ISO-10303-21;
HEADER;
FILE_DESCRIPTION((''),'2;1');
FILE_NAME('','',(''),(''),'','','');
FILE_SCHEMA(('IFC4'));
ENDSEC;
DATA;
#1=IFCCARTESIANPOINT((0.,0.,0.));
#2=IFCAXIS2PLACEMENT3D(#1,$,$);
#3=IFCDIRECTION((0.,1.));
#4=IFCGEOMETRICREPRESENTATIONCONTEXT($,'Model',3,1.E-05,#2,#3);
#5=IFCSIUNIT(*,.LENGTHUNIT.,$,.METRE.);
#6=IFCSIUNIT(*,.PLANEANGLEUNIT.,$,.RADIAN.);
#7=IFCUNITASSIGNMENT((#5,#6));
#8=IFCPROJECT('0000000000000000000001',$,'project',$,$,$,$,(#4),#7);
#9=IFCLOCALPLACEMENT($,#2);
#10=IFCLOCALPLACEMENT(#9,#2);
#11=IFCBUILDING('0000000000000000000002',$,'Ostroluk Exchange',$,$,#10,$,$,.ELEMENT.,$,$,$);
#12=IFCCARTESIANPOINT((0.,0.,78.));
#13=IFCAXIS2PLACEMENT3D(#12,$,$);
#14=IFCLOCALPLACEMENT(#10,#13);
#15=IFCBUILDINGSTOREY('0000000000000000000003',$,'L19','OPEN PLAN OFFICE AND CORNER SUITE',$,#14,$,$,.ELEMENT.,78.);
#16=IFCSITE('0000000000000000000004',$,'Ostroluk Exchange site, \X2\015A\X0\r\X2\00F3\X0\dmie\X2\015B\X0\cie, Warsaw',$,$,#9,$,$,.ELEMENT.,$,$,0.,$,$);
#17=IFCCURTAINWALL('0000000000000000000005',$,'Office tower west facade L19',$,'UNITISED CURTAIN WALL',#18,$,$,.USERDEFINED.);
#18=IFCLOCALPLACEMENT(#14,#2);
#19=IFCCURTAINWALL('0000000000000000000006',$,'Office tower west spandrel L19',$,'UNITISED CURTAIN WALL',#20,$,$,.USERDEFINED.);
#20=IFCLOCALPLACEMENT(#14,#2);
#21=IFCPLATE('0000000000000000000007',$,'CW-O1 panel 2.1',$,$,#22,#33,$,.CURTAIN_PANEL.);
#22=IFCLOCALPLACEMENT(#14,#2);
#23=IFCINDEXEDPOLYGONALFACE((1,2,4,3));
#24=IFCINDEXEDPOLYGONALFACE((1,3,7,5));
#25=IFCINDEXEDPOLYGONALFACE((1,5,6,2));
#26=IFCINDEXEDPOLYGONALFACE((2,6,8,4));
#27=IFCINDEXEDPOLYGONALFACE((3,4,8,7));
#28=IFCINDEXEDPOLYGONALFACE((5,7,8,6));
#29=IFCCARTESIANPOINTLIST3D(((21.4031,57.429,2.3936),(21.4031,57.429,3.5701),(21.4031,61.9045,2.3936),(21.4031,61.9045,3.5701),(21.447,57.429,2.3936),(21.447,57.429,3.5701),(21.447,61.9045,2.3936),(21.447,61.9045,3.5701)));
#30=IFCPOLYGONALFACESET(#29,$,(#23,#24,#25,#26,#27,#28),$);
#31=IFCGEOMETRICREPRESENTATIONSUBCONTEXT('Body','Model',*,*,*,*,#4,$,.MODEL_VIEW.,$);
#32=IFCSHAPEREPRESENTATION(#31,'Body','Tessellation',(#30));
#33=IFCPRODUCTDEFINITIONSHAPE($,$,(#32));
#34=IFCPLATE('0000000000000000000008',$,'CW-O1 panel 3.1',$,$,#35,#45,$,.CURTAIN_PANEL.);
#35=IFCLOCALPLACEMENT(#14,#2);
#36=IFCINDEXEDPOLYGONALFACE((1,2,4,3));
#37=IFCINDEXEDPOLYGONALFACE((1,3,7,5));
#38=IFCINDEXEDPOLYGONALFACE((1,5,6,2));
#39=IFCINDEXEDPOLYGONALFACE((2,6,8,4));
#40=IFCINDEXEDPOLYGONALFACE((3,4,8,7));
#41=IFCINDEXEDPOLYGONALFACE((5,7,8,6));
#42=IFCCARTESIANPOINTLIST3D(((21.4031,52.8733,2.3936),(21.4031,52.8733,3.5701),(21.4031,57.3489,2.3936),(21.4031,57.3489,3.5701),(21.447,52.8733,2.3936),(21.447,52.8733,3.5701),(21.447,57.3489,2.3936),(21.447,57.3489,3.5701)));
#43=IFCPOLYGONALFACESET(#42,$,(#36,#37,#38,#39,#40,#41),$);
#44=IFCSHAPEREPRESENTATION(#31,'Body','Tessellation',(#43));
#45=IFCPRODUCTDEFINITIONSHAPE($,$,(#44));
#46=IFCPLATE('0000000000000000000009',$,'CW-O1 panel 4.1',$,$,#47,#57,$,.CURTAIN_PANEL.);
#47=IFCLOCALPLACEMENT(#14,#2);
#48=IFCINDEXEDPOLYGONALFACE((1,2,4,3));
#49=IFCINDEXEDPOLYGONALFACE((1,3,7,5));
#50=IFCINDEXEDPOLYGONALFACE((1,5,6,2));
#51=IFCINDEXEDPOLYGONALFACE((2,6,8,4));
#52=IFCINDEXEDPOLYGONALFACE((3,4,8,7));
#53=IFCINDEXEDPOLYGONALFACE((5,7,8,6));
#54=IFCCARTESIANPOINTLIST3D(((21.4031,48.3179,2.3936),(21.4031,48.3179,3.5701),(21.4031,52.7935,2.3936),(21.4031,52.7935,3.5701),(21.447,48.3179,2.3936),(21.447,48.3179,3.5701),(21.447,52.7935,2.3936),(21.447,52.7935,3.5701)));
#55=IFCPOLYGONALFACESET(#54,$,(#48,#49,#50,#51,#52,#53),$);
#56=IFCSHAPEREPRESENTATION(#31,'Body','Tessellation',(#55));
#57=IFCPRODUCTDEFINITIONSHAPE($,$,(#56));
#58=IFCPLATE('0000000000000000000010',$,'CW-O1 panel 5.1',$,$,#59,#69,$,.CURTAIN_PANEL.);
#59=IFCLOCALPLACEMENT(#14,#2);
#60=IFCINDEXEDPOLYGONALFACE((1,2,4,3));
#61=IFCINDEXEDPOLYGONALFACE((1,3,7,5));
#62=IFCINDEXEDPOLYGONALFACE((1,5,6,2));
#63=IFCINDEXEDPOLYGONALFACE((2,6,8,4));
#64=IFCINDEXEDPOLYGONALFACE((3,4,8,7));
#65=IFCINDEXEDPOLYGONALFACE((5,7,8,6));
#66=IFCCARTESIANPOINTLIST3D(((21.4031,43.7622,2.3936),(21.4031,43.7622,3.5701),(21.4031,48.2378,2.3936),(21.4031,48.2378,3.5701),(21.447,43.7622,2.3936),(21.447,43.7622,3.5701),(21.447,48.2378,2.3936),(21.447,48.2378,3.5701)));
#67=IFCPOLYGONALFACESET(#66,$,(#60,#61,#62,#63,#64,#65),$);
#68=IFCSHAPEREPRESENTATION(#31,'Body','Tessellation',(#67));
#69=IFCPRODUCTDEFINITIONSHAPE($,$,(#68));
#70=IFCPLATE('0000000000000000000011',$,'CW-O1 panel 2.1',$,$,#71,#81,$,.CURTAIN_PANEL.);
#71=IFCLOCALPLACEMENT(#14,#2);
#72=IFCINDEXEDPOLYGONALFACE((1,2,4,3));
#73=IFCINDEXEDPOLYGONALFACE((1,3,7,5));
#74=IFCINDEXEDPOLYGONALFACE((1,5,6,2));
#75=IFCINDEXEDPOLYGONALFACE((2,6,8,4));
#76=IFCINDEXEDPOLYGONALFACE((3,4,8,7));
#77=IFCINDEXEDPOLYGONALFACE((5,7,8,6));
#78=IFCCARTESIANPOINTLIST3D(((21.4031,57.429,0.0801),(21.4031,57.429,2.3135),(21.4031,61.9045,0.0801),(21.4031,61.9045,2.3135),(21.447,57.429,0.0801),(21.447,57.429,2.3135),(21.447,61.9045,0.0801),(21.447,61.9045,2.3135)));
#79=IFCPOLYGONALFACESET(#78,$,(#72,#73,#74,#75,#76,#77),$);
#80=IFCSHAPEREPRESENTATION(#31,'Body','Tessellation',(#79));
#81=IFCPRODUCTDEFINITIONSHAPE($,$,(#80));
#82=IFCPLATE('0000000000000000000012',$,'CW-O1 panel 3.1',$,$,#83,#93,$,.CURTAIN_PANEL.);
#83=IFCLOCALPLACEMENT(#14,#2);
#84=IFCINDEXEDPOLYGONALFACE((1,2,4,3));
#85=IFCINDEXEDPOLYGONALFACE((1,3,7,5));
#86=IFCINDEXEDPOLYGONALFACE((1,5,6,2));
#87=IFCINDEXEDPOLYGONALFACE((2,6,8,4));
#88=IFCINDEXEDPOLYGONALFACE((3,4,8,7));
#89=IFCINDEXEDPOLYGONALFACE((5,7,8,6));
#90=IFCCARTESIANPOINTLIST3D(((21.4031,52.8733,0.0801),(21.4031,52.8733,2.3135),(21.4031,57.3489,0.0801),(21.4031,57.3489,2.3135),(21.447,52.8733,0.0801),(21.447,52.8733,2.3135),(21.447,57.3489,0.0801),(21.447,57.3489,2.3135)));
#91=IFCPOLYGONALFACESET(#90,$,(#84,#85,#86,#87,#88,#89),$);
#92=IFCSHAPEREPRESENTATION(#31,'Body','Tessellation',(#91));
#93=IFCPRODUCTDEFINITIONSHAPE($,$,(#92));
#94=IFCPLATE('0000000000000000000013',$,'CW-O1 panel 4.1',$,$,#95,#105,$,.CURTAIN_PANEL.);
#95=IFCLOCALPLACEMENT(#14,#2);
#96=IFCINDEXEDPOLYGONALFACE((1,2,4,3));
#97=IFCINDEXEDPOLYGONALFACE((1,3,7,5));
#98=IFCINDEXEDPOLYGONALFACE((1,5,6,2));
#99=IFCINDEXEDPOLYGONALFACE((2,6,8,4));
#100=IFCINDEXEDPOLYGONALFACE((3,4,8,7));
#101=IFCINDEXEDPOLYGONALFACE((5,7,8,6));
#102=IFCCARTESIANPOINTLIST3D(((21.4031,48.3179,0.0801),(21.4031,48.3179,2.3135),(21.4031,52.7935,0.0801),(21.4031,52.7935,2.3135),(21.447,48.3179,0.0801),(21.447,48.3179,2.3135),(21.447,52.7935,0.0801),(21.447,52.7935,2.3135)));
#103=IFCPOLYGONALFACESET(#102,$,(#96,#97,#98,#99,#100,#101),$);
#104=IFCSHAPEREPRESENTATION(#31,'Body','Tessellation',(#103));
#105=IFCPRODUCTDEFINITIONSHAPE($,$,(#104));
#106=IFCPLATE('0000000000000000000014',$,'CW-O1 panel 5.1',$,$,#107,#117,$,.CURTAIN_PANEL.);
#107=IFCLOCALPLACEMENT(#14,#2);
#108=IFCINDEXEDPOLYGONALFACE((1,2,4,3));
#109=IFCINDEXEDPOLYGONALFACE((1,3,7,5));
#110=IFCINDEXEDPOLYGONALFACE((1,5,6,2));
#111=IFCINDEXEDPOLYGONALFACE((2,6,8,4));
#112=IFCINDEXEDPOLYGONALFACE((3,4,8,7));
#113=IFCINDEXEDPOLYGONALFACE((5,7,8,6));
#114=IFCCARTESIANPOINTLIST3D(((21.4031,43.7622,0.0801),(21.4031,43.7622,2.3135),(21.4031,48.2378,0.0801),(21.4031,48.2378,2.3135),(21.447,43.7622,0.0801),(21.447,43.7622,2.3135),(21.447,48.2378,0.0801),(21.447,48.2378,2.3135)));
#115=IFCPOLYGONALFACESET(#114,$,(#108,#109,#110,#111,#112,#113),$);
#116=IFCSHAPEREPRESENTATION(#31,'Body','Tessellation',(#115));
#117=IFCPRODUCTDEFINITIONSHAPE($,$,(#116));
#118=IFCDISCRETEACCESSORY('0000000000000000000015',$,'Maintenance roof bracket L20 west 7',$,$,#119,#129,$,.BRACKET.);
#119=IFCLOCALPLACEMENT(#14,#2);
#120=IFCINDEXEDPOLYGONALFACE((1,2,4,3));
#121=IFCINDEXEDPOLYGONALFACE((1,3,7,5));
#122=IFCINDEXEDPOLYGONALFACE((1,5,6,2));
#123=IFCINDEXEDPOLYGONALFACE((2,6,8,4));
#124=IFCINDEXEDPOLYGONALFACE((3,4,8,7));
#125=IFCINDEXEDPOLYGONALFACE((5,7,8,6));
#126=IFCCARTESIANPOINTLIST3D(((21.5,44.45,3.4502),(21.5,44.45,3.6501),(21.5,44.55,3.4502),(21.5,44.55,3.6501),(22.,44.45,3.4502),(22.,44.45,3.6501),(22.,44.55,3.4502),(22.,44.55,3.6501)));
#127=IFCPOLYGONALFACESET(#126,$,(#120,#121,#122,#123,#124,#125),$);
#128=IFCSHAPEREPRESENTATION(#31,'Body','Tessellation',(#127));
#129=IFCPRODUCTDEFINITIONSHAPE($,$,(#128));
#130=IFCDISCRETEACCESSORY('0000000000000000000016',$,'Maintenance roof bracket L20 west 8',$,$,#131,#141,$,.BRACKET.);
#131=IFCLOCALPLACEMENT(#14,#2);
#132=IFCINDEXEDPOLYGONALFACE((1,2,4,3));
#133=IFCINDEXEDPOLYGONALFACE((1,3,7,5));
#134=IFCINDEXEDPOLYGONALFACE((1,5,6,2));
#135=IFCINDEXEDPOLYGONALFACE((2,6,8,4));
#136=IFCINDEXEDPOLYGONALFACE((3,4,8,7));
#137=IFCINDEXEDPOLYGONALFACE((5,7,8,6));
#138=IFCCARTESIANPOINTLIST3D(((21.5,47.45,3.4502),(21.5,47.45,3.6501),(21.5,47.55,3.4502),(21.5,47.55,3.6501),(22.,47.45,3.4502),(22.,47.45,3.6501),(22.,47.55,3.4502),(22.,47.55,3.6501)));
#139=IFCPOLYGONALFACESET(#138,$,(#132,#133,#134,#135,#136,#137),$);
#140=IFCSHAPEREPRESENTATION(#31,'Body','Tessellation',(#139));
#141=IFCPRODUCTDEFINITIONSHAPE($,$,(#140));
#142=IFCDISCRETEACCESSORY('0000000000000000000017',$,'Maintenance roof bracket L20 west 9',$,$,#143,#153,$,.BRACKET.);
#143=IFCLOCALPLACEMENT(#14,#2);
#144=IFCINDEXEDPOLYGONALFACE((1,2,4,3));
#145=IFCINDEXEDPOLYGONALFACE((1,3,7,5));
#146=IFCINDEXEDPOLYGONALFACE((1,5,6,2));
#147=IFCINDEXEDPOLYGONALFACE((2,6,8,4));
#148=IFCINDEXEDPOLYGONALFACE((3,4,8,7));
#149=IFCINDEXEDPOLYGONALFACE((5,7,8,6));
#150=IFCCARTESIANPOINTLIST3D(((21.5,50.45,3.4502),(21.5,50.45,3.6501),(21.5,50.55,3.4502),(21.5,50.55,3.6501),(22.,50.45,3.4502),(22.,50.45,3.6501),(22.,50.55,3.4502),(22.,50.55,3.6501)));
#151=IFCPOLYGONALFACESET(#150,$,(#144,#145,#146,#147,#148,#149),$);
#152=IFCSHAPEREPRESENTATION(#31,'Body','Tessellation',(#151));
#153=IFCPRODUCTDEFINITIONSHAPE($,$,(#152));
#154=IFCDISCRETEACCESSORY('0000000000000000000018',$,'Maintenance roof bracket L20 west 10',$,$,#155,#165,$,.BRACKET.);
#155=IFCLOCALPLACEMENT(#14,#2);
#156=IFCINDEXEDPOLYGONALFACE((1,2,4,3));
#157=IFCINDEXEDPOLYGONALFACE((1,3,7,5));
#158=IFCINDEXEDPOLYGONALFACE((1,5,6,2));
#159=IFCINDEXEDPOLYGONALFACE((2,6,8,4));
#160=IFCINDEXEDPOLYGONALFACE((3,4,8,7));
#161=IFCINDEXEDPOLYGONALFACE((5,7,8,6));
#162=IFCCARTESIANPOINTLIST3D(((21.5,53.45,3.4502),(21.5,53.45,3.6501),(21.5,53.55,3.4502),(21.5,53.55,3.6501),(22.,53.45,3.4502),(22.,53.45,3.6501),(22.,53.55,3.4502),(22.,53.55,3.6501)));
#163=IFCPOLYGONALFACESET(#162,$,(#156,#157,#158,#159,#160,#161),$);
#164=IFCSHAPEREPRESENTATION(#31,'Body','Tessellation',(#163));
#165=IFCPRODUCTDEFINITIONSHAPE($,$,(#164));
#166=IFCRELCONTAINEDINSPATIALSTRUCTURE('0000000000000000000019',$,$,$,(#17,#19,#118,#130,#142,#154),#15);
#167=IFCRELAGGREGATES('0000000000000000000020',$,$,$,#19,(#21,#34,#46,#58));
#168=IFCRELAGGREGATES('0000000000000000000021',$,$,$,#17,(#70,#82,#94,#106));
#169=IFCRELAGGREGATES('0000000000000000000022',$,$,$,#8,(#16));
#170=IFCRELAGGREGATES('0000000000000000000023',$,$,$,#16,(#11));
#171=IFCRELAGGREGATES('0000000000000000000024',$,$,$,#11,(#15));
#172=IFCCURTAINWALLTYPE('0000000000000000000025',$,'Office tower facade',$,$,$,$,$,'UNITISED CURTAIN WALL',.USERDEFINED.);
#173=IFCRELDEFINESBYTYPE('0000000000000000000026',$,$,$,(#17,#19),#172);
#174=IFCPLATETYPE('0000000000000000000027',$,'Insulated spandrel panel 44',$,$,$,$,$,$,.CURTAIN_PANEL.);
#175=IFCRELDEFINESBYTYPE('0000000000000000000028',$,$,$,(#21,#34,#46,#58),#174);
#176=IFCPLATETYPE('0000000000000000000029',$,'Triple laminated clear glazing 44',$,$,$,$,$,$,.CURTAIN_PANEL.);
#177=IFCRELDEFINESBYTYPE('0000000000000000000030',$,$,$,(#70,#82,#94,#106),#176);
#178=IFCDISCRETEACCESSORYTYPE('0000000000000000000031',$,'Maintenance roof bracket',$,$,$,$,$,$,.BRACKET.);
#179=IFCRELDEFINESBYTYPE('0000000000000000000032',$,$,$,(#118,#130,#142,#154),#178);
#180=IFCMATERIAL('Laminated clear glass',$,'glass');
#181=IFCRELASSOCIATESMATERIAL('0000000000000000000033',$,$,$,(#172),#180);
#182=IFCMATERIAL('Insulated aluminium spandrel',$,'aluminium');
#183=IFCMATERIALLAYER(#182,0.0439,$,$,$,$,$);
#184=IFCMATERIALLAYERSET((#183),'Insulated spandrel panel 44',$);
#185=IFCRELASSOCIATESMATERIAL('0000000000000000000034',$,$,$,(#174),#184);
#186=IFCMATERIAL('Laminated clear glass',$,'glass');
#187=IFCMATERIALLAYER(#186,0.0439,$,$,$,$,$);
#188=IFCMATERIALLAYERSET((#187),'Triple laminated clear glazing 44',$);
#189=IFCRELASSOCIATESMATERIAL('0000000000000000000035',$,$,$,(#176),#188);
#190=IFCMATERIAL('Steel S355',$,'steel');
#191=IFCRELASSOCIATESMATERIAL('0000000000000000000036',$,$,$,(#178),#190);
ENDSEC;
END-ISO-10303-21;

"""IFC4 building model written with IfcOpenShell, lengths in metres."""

from ifc_helpers import new_model, si_unit, direction, frame, origin, origin_2d, place, context, subcontext, project, spatial, rectangle, extrude, material, layer, layer_set, type_object, element, aggregate, save


model = new_model("IFC4")

# Units and contexts
model_context = context("Model", 3, precision=1e-05, world=origin(), true_north=direction((0.0, 1.0)))
body_context = subcontext(model_context, "Body", "Model", "MODEL_VIEW")
ifc_project = project(units=[si_unit("LENGTHUNIT", "METRE"), si_unit("PLANEANGLEUNIT", "RADIAN")], contexts=[model_context])

# Site, building, storey
site_placement = place(None, origin())
site = spatial("IfcSite", under=ifc_project, at=site_placement, Name="Ostroluk Exchange site, Śródmieście, Warsaw", CompositionType="ELEMENT", RefElevation=0.0)
building_placement = place(site_placement, origin())
building = spatial("IfcBuilding", under=site, at=building_placement, Name="Ostroluk Exchange", CompositionType="ELEMENT")
storey_placement = place(building_placement, frame((0.0, 0.0, 78.0)))
storey = spatial("IfcBuildingStorey", under=building, at=storey_placement, Name="L19", Description="OPEN PLAN OFFICE AND CORNER SUITE", CompositionType="ELEMENT", Elevation=78.0)

# Curtain walls
ifc_material_1 = material(Name="Laminated clear glass", Category="glass")
curtain_wall_type = type_object("IfcCurtainWallType", Name="Office tower facade", ElementType="UNITISED CURTAIN WALL", PredefinedType="USERDEFINED", material=ifc_material_1)
curtain_wall_1_placement = place(storey_placement, origin())
curtain_wall_1 = element("IfcCurtainWall", 1, at=curtain_wall_1_placement, inside=storey, type_object=curtain_wall_type, Name="Office tower west facade L19", ObjectType="UNITISED CURTAIN WALL", PredefinedType="USERDEFINED")
curtain_wall_2_placement = place(storey_placement, origin())
curtain_wall_2 = element("IfcCurtainWall", 2, at=curtain_wall_2_placement, inside=storey, type_object=curtain_wall_type, Name="Office tower west spandrel L19", ObjectType="UNITISED CURTAIN WALL", PredefinedType="USERDEFINED")

# Plates
ifc_material_2 = material(Name="Insulated aluminium spandrel", Category="aluminium")
ifc_layer_1 = layer(ifc_material_2, 0.0439)
ifc_layer_set_1 = layer_set([ifc_layer_1], Name="Insulated spandrel panel 44")
plate_type_1 = type_object("IfcPlateType", Name="Insulated spandrel panel 44", PredefinedType="CURTAIN_PANEL", material=ifc_layer_set_1)
plate_1_placement = place(storey_placement, frame((21.425, 59.6667, 2.3936), z_axis=(0.0, 0.0, 1.0), x_axis=(0.0, -1.0, 0.0)))
plate_1 = element("IfcPlate", 3, at=plate_1_placement, type_object=plate_type_1, Name="CW-O1 panel 2.1", PredefinedType="CURTAIN_PANEL", context=body_context, shape_type="SweptSolid", body=[
    extrude(rectangle(XDim=4.4756, YDim=0.0439, at=origin_2d()), origin(), (0.0, 0.0, 1.0), 1.1765),
])
plate_2_placement = place(storey_placement, frame((21.425, 55.1111, 2.3936), z_axis=(0.0, 0.0, 1.0), x_axis=(0.0, -1.0, 0.0)))
plate_2 = element("IfcPlate", 4, at=plate_2_placement, type_object=plate_type_1, Name="CW-O1 panel 3.1", PredefinedType="CURTAIN_PANEL", context=body_context, shape_type="SweptSolid", body=[
    extrude(rectangle(XDim=4.4756, YDim=0.0439, at=origin_2d()), origin(), (0.0, 0.0, 1.0), 1.1765),
])
plate_3_placement = place(storey_placement, frame((21.425, 50.5557, 2.3936), z_axis=(0.0, 0.0, 1.0), x_axis=(0.0, -1.0, 0.0)))
plate_3 = element("IfcPlate", 5, at=plate_3_placement, type_object=plate_type_1, Name="CW-O1 panel 4.1", PredefinedType="CURTAIN_PANEL", context=body_context, shape_type="SweptSolid", body=[
    extrude(rectangle(XDim=4.4756, YDim=0.0439, at=origin_2d()), origin(), (0.0, 0.0, 1.0), 1.1765),
])
plate_4_placement = place(storey_placement, frame((21.425, 46.0, 2.3936), z_axis=(0.0, 0.0, 1.0), x_axis=(0.0, -1.0, 0.0)))
plate_4 = element("IfcPlate", 6, at=plate_4_placement, type_object=plate_type_1, Name="CW-O1 panel 5.1", PredefinedType="CURTAIN_PANEL", context=body_context, shape_type="SweptSolid", body=[
    extrude(rectangle(XDim=4.4756, YDim=0.0439, at=origin_2d()), origin(), (0.0, 0.0, 1.0), 1.1765),
])
aggregate(curtain_wall_2, [plate_1, plate_2, plate_3, plate_4])
ifc_material_3 = material(Name="Laminated clear glass", Category="glass")
ifc_layer_2 = layer(ifc_material_3, 0.0439)
ifc_layer_set_2 = layer_set([ifc_layer_2], Name="Triple laminated clear glazing 44")
plate_type_2 = type_object("IfcPlateType", Name="Triple laminated clear glazing 44", PredefinedType="CURTAIN_PANEL", material=ifc_layer_set_2)
plate_5_placement = place(storey_placement, frame((21.425, 59.6667, 0.0801), z_axis=(0.0, 0.0, 1.0), x_axis=(0.0, -1.0, 0.0)))
plate_5 = element("IfcPlate", 7, at=plate_5_placement, type_object=plate_type_2, Name="CW-O1 panel 2.1", PredefinedType="CURTAIN_PANEL", context=body_context, shape_type="SweptSolid", body=[
    extrude(rectangle(XDim=4.4756, YDim=0.0439, at=origin_2d()), origin(), (0.0, 0.0, 1.0), 2.2334),
])
plate_6_placement = place(storey_placement, frame((21.425, 55.1111, 0.0801), z_axis=(0.0, 0.0, 1.0), x_axis=(0.0, -1.0, 0.0)))
plate_6 = element("IfcPlate", 8, at=plate_6_placement, type_object=plate_type_2, Name="CW-O1 panel 3.1", PredefinedType="CURTAIN_PANEL", context=body_context, shape_type="SweptSolid", body=[
    extrude(rectangle(XDim=4.4756, YDim=0.0439, at=origin_2d()), origin(), (0.0, 0.0, 1.0), 2.2334),
])
plate_7_placement = place(storey_placement, frame((21.425, 50.5557, 0.0801), z_axis=(0.0, 0.0, 1.0), x_axis=(0.0, -1.0, 0.0)))
plate_7 = element("IfcPlate", 9, at=plate_7_placement, type_object=plate_type_2, Name="CW-O1 panel 4.1", PredefinedType="CURTAIN_PANEL", context=body_context, shape_type="SweptSolid", body=[
    extrude(rectangle(XDim=4.4756, YDim=0.0439, at=origin_2d()), origin(), (0.0, 0.0, 1.0), 2.2334),
])
plate_8_placement = place(storey_placement, frame((21.425, 46.0, 0.0801), z_axis=(0.0, 0.0, 1.0), x_axis=(0.0, -1.0, 0.0)))
plate_8 = element("IfcPlate", 10, at=plate_8_placement, type_object=plate_type_2, Name="CW-O1 panel 5.1", PredefinedType="CURTAIN_PANEL", context=body_context, shape_type="SweptSolid", body=[
    extrude(rectangle(XDim=4.4756, YDim=0.0439, at=origin_2d()), origin(), (0.0, 0.0, 1.0), 2.2334),
])
aggregate(curtain_wall_1, [plate_5, plate_6, plate_7, plate_8])

# Discrete accessories
ifc_material_4 = material(Name="Steel S355", Category="steel")
discrete_accessory_type = type_object("IfcDiscreteAccessoryType", Name="Maintenance roof bracket", PredefinedType="BRACKET", material=ifc_material_4)
for number, where, z_axis, x_axis, name in (
    (11, (21.75, 44.5, 3.4502), (0.0, 0.0, 1.0), (1.0, 0.0, 0.0), "Maintenance roof bracket L20 west 7"),
    (12, (21.75, 47.5, 3.4502), (0.0, 0.0, 1.0), (1.0, 0.0, 0.0), "Maintenance roof bracket L20 west 8"),
    (13, (21.75, 50.5, 3.4502), (0.0, 0.0, 1.0), (1.0, 0.0, 0.0), "Maintenance roof bracket L20 west 9"),
    (14, (21.75, 53.5, 3.4502), (0.0, 0.0, 1.0), (1.0, 0.0, 0.0), "Maintenance roof bracket L20 west 10"),
):
    element("IfcDiscreteAccessory", number, at=place(storey_placement, frame(where, z_axis=z_axis, x_axis=x_axis)), inside=storey, type_object=discrete_accessory_type, Name=name, PredefinedType="BRACKET", context=body_context, shape_type="SweptSolid", body=[
        extrude(rectangle(XDim=0.5, YDim=0.1001, at=origin_2d()), origin(), (0.0, 0.0, 1.0), 0.2),
    ])

save(model, "model.ifc")
